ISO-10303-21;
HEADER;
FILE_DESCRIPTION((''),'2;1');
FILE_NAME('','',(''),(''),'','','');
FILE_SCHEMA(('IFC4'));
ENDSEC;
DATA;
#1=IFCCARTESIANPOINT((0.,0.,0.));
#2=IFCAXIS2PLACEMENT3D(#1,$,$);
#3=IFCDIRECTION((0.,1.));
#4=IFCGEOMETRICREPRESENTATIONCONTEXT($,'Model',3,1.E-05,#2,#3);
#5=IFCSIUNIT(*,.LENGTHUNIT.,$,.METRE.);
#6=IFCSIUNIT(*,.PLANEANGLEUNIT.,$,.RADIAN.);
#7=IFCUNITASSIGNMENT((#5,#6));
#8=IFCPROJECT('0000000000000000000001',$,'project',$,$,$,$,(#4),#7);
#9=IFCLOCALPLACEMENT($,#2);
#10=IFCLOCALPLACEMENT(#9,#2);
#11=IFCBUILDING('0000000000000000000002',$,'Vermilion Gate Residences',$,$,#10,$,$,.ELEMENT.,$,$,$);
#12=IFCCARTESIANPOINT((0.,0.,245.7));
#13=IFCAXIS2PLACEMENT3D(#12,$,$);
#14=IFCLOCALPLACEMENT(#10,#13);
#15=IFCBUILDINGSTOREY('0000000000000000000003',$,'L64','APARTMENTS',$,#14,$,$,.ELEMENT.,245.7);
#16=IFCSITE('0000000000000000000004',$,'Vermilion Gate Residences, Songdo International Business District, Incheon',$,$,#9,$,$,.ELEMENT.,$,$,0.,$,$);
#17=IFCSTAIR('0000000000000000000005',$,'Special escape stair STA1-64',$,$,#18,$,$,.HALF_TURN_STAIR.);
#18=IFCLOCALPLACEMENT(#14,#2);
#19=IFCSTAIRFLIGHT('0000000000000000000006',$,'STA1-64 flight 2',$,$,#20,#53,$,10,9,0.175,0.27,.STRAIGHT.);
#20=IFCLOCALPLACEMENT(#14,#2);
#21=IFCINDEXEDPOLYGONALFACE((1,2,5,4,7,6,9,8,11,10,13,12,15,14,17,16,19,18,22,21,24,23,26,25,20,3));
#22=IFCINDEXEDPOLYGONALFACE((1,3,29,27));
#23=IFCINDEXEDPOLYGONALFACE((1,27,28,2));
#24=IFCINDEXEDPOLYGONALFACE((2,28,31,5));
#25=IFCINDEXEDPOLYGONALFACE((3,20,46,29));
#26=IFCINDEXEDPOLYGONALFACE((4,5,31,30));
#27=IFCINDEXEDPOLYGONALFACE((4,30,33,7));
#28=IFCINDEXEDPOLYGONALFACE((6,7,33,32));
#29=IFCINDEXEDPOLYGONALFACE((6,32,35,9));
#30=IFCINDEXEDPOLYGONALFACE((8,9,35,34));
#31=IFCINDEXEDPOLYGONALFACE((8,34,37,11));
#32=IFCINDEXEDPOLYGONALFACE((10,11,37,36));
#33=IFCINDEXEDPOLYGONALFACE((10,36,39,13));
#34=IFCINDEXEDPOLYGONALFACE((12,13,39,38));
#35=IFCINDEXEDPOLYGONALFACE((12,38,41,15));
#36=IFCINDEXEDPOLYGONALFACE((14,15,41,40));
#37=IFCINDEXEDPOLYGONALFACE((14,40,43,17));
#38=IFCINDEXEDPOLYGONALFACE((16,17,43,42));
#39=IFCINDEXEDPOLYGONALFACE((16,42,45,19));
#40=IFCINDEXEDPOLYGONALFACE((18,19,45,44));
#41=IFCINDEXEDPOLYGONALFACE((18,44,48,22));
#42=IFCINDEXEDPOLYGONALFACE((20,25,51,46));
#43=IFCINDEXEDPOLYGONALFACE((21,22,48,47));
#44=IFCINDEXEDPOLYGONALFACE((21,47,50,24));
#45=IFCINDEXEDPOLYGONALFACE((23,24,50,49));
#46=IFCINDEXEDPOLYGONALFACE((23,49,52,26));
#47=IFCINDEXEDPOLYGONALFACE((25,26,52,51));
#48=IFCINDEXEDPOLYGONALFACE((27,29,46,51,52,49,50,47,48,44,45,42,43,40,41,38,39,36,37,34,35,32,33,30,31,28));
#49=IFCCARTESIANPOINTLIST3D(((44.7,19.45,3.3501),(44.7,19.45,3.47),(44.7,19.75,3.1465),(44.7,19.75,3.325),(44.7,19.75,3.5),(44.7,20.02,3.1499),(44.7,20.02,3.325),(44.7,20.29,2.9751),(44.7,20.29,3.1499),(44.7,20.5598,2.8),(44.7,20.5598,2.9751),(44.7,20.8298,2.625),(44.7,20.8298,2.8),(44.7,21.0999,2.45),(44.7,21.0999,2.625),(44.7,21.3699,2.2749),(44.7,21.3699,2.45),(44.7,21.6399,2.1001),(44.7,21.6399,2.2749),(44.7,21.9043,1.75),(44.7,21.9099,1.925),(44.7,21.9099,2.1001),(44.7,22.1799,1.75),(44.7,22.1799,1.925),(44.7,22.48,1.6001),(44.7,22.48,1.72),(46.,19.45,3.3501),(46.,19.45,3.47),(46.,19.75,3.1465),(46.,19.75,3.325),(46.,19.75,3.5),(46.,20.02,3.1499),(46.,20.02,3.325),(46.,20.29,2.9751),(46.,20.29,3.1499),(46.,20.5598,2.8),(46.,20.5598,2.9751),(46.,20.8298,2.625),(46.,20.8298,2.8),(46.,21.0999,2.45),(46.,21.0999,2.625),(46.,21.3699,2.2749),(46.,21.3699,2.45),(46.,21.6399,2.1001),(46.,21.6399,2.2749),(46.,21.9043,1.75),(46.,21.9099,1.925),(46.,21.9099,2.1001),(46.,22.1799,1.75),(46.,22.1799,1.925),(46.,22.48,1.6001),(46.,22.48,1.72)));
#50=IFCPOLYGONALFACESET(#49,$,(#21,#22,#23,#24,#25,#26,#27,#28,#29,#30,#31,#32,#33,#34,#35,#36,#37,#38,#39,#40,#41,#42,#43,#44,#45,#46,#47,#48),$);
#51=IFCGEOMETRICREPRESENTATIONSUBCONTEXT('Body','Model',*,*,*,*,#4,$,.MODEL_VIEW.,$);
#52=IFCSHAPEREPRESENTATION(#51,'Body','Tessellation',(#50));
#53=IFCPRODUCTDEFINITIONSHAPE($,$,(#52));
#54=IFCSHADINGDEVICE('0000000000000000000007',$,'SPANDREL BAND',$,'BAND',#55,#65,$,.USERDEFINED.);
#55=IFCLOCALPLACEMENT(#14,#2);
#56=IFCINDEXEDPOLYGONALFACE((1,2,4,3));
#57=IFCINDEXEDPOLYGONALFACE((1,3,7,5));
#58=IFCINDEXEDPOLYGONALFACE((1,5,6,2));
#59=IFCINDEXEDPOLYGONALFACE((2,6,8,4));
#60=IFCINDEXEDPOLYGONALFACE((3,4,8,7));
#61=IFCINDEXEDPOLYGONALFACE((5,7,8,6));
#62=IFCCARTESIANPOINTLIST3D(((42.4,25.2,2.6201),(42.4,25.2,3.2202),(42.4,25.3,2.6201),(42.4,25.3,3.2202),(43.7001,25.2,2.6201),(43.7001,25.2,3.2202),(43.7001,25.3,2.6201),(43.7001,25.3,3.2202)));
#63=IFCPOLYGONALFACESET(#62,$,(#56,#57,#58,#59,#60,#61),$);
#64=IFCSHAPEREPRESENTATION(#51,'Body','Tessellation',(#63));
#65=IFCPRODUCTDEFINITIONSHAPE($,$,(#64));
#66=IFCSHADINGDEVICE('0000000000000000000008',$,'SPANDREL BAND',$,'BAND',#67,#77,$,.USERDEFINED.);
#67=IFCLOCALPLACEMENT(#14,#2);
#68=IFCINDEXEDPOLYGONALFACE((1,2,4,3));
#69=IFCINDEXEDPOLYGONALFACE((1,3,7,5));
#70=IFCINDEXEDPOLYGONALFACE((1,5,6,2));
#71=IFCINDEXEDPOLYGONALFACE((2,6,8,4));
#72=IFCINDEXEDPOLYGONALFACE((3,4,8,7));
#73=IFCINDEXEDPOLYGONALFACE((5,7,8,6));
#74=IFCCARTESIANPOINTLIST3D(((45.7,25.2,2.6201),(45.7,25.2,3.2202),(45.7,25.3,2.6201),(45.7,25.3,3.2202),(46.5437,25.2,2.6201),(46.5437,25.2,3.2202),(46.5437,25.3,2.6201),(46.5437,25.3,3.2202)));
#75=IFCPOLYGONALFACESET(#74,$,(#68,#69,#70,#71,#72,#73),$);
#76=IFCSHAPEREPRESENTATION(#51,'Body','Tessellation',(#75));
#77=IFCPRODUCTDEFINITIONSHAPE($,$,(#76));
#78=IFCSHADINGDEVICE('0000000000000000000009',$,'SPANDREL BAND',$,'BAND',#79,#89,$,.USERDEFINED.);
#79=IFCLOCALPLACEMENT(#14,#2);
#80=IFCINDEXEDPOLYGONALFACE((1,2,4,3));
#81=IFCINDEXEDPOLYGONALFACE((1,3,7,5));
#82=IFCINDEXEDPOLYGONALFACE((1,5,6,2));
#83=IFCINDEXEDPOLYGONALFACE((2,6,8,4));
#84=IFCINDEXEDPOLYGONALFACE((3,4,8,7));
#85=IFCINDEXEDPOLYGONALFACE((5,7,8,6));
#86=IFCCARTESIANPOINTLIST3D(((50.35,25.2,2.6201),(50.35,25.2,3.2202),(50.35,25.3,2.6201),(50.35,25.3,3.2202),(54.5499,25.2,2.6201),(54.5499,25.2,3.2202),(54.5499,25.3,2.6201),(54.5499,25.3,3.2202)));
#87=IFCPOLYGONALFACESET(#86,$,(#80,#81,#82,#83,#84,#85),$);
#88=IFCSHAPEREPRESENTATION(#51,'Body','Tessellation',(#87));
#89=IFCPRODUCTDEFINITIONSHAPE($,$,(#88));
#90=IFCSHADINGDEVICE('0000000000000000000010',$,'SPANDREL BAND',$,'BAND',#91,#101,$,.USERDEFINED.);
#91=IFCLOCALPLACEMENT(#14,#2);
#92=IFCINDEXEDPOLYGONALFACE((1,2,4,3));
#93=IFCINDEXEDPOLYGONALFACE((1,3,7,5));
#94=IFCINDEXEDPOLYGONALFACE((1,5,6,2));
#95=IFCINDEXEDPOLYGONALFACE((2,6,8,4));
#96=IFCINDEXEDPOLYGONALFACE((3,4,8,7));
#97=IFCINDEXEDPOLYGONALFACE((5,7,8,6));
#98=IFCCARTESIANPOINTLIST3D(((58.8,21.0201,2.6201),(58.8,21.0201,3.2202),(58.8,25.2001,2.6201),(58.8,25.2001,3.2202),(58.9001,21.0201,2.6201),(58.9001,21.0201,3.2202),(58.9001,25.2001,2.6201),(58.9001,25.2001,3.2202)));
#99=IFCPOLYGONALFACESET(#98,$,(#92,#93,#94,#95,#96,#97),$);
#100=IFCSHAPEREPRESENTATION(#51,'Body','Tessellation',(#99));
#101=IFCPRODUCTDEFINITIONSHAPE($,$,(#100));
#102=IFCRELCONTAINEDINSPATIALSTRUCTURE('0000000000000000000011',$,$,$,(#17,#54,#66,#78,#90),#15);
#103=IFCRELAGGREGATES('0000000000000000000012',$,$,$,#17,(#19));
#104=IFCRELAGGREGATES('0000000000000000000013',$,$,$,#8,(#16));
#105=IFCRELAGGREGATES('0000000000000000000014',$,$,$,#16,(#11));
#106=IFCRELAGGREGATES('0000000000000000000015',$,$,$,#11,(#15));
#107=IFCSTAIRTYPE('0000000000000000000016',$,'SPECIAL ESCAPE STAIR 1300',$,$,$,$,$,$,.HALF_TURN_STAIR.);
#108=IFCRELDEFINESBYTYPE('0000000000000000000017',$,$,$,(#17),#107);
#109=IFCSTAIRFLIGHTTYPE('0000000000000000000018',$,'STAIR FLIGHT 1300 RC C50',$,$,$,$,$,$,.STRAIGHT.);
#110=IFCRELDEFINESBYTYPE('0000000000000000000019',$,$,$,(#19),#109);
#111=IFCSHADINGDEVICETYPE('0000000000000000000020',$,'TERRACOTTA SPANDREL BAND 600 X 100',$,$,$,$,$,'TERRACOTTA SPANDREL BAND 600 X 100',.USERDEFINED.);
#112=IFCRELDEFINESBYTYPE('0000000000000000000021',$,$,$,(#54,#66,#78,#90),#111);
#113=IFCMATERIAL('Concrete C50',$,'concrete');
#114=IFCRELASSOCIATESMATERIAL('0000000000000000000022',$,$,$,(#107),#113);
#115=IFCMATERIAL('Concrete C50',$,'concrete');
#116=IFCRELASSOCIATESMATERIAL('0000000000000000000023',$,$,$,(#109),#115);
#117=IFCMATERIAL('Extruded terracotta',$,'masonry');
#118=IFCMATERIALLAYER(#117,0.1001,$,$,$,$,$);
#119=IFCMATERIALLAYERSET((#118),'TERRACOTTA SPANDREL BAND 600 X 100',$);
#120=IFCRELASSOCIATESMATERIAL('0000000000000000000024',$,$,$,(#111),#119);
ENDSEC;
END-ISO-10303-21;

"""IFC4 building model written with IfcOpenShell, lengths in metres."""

from ifc_helpers import new_model, si_unit, direction, frame, origin, origin_2d, place, context, subcontext, project, spatial, polyline, rectangle, outline, extrude, material, layer, layer_set, type_object, element, aggregate, save


model = new_model("IFC4")

# Units and contexts
model_context = context("Model", 3, precision=1e-05, world=origin(), true_north=direction((0.0, 1.0)))
body_context = subcontext(model_context, "Body", "Model", "MODEL_VIEW")
ifc_project = project(units=[si_unit("LENGTHUNIT", "METRE"), si_unit("PLANEANGLEUNIT", "RADIAN")], contexts=[model_context])

# Site, building, storey
site_placement = place(None, origin())
site = spatial("IfcSite", under=ifc_project, at=site_placement, Name="Vermilion Gate Residences, Songdo International Business District, Incheon", CompositionType="ELEMENT", RefElevation=0.0)
building_placement = place(site_placement, origin())
building = spatial("IfcBuilding", under=site, at=building_placement, Name="Vermilion Gate Residences", CompositionType="ELEMENT")
storey_placement = place(building_placement, frame((0.0, 0.0, 245.7)))
storey = spatial("IfcBuildingStorey", under=building, at=storey_placement, Name="L64", Description="APARTMENTS", CompositionType="ELEMENT", Elevation=245.7)

# Stair, stair flight
ifc_material_1 = material(Name="Concrete C50", Category="concrete")
stair_type = type_object("IfcStairType", Name="SPECIAL ESCAPE STAIR 1300", PredefinedType="HALF_TURN_STAIR", material=ifc_material_1)
stair_placement = place(storey_placement, origin())
stair = element("IfcStair", 1, at=stair_placement, inside=storey, type_object=stair_type, Name="Special escape stair STA1-64", PredefinedType="HALF_TURN_STAIR")
ifc_material_2 = material(Name="Concrete C50", Category="concrete")
stair_flight_type = type_object("IfcStairFlightType", Name="STAIR FLIGHT 1300 RC C50", PredefinedType="STRAIGHT", material=ifc_material_2)
stair_flight_1_placement = place(storey_placement, frame((45.3501, 22.1799, 1.75), z_axis=(0.0, 0.0, 1.0), x_axis=(0.0, -1.0, 0.0)))
stair_flight_1 = element("IfcStairFlight", 2, at=stair_flight_1_placement, type_object=stair_flight_type, Name="STA1-64 flight 2", NumberOfRisers=10, NumberOfTreads=9, PredefinedType="STRAIGHT", RiserHeight=0.175, TreadLength=0.27, context=body_context, shape_type="SweptSolid", body=[
    extrude(outline(polyline([(-0.3, -0.1499), (-0.3, -0.03), (0.0, 0.0), (0.0, 0.175), (0.27, 0.175), (0.27, 0.3501), (0.54, 0.3501), (0.54, 0.5249), (0.8101, 0.5249), (0.8101, 0.7), (1.0801, 0.7), (1.0801, 0.875), (1.3501, 0.875), (1.3501, 1.05), (1.6201, 1.05), (1.6201, 1.2251), (1.8899, 1.2251), (1.8899, 1.3999), (2.1599, 1.3999), (2.1599, 1.575), (2.4299, 1.575), (2.4299, 1.75), (2.73, 1.72), (2.73, 1.6001), (2.4299, 1.3965), (0.2756, 0.0), (-0.3, -0.1499)])), frame((0.0, 0.6499, 0.0), z_axis=(0.0, -1.0, 0.0), x_axis=(1.0, 0.0, 0.0)), (0.0, 0.0, 1.0), 1.3),
])
aggregate(stair, [stair_flight_1])

# Shading devices
ifc_material_3 = material(Name="Extruded terracotta", Category="masonry")
ifc_layer_1 = layer(ifc_material_3, 0.1001)
ifc_layer_set_1 = layer_set([ifc_layer_1], Name="TERRACOTTA SPANDREL BAND 600 X 100")
shading_device_type = type_object("IfcShadingDeviceType", Name="TERRACOTTA SPANDREL BAND 600 X 100", ElementType="TERRACOTTA SPANDREL BAND 600 X 100", PredefinedType="USERDEFINED", material=ifc_layer_set_1)
shading_device_1_placement = place(storey_placement, frame((43.05, 25.25, 2.6201), z_axis=(0.0, 0.0, 1.0), x_axis=(1.0, 0.0, 0.0)))
element("IfcShadingDevice", 3, at=shading_device_1_placement, inside=storey, type_object=shading_device_type, Name="SPANDREL BAND", ObjectType="BAND", PredefinedType="USERDEFINED", context=body_context, shape_type="SweptSolid", body=[
    extrude(rectangle(XDim=1.3, YDim=0.1001, at=origin_2d()), origin(), (0.0, 0.0, 1.0), 0.6001),
])
shading_device_2_placement = place(storey_placement, frame((46.1218, 25.25, 2.6201), z_axis=(0.0, 0.0, 1.0), x_axis=(1.0, 0.0, 0.0)))
element("IfcShadingDevice", 4, at=shading_device_2_placement, inside=storey, type_object=shading_device_type, Name="SPANDREL BAND", ObjectType="BAND", PredefinedType="USERDEFINED", context=body_context, shape_type="SweptSolid", body=[
    extrude(rectangle(XDim=0.8438, YDim=0.1001, at=origin_2d()), origin(), (0.0, 0.0, 1.0), 0.6001),
])
shading_device_3_placement = place(storey_placement, frame((52.45, 25.25, 2.6201), z_axis=(0.0, 0.0, 1.0), x_axis=(1.0, 0.0, 0.0)))
element("IfcShadingDevice", 5, at=shading_device_3_placement, inside=storey, type_object=shading_device_type, Name="SPANDREL BAND", ObjectType="BAND", PredefinedType="USERDEFINED", context=body_context, shape_type="SweptSolid", body=[
    extrude(rectangle(XDim=4.2, YDim=0.1001, at=origin_2d()), origin(), (0.0, 0.0, 1.0), 0.6001),
])
shading_device_4_placement = place(storey_placement, frame((58.8501, 23.1101, 2.6201), z_axis=(0.0, 0.0, 1.0), x_axis=(0.0, 1.0, 0.0)))
element("IfcShadingDevice", 6, at=shading_device_4_placement, inside=storey, type_object=shading_device_type, Name="SPANDREL BAND", ObjectType="BAND", PredefinedType="USERDEFINED", context=body_context, shape_type="SweptSolid", body=[
    extrude(rectangle(XDim=4.1799, YDim=0.1001, at=origin_2d()), origin(), (0.0, 0.0, 1.0), 0.6001),
])

save(model, "model.ifc")
